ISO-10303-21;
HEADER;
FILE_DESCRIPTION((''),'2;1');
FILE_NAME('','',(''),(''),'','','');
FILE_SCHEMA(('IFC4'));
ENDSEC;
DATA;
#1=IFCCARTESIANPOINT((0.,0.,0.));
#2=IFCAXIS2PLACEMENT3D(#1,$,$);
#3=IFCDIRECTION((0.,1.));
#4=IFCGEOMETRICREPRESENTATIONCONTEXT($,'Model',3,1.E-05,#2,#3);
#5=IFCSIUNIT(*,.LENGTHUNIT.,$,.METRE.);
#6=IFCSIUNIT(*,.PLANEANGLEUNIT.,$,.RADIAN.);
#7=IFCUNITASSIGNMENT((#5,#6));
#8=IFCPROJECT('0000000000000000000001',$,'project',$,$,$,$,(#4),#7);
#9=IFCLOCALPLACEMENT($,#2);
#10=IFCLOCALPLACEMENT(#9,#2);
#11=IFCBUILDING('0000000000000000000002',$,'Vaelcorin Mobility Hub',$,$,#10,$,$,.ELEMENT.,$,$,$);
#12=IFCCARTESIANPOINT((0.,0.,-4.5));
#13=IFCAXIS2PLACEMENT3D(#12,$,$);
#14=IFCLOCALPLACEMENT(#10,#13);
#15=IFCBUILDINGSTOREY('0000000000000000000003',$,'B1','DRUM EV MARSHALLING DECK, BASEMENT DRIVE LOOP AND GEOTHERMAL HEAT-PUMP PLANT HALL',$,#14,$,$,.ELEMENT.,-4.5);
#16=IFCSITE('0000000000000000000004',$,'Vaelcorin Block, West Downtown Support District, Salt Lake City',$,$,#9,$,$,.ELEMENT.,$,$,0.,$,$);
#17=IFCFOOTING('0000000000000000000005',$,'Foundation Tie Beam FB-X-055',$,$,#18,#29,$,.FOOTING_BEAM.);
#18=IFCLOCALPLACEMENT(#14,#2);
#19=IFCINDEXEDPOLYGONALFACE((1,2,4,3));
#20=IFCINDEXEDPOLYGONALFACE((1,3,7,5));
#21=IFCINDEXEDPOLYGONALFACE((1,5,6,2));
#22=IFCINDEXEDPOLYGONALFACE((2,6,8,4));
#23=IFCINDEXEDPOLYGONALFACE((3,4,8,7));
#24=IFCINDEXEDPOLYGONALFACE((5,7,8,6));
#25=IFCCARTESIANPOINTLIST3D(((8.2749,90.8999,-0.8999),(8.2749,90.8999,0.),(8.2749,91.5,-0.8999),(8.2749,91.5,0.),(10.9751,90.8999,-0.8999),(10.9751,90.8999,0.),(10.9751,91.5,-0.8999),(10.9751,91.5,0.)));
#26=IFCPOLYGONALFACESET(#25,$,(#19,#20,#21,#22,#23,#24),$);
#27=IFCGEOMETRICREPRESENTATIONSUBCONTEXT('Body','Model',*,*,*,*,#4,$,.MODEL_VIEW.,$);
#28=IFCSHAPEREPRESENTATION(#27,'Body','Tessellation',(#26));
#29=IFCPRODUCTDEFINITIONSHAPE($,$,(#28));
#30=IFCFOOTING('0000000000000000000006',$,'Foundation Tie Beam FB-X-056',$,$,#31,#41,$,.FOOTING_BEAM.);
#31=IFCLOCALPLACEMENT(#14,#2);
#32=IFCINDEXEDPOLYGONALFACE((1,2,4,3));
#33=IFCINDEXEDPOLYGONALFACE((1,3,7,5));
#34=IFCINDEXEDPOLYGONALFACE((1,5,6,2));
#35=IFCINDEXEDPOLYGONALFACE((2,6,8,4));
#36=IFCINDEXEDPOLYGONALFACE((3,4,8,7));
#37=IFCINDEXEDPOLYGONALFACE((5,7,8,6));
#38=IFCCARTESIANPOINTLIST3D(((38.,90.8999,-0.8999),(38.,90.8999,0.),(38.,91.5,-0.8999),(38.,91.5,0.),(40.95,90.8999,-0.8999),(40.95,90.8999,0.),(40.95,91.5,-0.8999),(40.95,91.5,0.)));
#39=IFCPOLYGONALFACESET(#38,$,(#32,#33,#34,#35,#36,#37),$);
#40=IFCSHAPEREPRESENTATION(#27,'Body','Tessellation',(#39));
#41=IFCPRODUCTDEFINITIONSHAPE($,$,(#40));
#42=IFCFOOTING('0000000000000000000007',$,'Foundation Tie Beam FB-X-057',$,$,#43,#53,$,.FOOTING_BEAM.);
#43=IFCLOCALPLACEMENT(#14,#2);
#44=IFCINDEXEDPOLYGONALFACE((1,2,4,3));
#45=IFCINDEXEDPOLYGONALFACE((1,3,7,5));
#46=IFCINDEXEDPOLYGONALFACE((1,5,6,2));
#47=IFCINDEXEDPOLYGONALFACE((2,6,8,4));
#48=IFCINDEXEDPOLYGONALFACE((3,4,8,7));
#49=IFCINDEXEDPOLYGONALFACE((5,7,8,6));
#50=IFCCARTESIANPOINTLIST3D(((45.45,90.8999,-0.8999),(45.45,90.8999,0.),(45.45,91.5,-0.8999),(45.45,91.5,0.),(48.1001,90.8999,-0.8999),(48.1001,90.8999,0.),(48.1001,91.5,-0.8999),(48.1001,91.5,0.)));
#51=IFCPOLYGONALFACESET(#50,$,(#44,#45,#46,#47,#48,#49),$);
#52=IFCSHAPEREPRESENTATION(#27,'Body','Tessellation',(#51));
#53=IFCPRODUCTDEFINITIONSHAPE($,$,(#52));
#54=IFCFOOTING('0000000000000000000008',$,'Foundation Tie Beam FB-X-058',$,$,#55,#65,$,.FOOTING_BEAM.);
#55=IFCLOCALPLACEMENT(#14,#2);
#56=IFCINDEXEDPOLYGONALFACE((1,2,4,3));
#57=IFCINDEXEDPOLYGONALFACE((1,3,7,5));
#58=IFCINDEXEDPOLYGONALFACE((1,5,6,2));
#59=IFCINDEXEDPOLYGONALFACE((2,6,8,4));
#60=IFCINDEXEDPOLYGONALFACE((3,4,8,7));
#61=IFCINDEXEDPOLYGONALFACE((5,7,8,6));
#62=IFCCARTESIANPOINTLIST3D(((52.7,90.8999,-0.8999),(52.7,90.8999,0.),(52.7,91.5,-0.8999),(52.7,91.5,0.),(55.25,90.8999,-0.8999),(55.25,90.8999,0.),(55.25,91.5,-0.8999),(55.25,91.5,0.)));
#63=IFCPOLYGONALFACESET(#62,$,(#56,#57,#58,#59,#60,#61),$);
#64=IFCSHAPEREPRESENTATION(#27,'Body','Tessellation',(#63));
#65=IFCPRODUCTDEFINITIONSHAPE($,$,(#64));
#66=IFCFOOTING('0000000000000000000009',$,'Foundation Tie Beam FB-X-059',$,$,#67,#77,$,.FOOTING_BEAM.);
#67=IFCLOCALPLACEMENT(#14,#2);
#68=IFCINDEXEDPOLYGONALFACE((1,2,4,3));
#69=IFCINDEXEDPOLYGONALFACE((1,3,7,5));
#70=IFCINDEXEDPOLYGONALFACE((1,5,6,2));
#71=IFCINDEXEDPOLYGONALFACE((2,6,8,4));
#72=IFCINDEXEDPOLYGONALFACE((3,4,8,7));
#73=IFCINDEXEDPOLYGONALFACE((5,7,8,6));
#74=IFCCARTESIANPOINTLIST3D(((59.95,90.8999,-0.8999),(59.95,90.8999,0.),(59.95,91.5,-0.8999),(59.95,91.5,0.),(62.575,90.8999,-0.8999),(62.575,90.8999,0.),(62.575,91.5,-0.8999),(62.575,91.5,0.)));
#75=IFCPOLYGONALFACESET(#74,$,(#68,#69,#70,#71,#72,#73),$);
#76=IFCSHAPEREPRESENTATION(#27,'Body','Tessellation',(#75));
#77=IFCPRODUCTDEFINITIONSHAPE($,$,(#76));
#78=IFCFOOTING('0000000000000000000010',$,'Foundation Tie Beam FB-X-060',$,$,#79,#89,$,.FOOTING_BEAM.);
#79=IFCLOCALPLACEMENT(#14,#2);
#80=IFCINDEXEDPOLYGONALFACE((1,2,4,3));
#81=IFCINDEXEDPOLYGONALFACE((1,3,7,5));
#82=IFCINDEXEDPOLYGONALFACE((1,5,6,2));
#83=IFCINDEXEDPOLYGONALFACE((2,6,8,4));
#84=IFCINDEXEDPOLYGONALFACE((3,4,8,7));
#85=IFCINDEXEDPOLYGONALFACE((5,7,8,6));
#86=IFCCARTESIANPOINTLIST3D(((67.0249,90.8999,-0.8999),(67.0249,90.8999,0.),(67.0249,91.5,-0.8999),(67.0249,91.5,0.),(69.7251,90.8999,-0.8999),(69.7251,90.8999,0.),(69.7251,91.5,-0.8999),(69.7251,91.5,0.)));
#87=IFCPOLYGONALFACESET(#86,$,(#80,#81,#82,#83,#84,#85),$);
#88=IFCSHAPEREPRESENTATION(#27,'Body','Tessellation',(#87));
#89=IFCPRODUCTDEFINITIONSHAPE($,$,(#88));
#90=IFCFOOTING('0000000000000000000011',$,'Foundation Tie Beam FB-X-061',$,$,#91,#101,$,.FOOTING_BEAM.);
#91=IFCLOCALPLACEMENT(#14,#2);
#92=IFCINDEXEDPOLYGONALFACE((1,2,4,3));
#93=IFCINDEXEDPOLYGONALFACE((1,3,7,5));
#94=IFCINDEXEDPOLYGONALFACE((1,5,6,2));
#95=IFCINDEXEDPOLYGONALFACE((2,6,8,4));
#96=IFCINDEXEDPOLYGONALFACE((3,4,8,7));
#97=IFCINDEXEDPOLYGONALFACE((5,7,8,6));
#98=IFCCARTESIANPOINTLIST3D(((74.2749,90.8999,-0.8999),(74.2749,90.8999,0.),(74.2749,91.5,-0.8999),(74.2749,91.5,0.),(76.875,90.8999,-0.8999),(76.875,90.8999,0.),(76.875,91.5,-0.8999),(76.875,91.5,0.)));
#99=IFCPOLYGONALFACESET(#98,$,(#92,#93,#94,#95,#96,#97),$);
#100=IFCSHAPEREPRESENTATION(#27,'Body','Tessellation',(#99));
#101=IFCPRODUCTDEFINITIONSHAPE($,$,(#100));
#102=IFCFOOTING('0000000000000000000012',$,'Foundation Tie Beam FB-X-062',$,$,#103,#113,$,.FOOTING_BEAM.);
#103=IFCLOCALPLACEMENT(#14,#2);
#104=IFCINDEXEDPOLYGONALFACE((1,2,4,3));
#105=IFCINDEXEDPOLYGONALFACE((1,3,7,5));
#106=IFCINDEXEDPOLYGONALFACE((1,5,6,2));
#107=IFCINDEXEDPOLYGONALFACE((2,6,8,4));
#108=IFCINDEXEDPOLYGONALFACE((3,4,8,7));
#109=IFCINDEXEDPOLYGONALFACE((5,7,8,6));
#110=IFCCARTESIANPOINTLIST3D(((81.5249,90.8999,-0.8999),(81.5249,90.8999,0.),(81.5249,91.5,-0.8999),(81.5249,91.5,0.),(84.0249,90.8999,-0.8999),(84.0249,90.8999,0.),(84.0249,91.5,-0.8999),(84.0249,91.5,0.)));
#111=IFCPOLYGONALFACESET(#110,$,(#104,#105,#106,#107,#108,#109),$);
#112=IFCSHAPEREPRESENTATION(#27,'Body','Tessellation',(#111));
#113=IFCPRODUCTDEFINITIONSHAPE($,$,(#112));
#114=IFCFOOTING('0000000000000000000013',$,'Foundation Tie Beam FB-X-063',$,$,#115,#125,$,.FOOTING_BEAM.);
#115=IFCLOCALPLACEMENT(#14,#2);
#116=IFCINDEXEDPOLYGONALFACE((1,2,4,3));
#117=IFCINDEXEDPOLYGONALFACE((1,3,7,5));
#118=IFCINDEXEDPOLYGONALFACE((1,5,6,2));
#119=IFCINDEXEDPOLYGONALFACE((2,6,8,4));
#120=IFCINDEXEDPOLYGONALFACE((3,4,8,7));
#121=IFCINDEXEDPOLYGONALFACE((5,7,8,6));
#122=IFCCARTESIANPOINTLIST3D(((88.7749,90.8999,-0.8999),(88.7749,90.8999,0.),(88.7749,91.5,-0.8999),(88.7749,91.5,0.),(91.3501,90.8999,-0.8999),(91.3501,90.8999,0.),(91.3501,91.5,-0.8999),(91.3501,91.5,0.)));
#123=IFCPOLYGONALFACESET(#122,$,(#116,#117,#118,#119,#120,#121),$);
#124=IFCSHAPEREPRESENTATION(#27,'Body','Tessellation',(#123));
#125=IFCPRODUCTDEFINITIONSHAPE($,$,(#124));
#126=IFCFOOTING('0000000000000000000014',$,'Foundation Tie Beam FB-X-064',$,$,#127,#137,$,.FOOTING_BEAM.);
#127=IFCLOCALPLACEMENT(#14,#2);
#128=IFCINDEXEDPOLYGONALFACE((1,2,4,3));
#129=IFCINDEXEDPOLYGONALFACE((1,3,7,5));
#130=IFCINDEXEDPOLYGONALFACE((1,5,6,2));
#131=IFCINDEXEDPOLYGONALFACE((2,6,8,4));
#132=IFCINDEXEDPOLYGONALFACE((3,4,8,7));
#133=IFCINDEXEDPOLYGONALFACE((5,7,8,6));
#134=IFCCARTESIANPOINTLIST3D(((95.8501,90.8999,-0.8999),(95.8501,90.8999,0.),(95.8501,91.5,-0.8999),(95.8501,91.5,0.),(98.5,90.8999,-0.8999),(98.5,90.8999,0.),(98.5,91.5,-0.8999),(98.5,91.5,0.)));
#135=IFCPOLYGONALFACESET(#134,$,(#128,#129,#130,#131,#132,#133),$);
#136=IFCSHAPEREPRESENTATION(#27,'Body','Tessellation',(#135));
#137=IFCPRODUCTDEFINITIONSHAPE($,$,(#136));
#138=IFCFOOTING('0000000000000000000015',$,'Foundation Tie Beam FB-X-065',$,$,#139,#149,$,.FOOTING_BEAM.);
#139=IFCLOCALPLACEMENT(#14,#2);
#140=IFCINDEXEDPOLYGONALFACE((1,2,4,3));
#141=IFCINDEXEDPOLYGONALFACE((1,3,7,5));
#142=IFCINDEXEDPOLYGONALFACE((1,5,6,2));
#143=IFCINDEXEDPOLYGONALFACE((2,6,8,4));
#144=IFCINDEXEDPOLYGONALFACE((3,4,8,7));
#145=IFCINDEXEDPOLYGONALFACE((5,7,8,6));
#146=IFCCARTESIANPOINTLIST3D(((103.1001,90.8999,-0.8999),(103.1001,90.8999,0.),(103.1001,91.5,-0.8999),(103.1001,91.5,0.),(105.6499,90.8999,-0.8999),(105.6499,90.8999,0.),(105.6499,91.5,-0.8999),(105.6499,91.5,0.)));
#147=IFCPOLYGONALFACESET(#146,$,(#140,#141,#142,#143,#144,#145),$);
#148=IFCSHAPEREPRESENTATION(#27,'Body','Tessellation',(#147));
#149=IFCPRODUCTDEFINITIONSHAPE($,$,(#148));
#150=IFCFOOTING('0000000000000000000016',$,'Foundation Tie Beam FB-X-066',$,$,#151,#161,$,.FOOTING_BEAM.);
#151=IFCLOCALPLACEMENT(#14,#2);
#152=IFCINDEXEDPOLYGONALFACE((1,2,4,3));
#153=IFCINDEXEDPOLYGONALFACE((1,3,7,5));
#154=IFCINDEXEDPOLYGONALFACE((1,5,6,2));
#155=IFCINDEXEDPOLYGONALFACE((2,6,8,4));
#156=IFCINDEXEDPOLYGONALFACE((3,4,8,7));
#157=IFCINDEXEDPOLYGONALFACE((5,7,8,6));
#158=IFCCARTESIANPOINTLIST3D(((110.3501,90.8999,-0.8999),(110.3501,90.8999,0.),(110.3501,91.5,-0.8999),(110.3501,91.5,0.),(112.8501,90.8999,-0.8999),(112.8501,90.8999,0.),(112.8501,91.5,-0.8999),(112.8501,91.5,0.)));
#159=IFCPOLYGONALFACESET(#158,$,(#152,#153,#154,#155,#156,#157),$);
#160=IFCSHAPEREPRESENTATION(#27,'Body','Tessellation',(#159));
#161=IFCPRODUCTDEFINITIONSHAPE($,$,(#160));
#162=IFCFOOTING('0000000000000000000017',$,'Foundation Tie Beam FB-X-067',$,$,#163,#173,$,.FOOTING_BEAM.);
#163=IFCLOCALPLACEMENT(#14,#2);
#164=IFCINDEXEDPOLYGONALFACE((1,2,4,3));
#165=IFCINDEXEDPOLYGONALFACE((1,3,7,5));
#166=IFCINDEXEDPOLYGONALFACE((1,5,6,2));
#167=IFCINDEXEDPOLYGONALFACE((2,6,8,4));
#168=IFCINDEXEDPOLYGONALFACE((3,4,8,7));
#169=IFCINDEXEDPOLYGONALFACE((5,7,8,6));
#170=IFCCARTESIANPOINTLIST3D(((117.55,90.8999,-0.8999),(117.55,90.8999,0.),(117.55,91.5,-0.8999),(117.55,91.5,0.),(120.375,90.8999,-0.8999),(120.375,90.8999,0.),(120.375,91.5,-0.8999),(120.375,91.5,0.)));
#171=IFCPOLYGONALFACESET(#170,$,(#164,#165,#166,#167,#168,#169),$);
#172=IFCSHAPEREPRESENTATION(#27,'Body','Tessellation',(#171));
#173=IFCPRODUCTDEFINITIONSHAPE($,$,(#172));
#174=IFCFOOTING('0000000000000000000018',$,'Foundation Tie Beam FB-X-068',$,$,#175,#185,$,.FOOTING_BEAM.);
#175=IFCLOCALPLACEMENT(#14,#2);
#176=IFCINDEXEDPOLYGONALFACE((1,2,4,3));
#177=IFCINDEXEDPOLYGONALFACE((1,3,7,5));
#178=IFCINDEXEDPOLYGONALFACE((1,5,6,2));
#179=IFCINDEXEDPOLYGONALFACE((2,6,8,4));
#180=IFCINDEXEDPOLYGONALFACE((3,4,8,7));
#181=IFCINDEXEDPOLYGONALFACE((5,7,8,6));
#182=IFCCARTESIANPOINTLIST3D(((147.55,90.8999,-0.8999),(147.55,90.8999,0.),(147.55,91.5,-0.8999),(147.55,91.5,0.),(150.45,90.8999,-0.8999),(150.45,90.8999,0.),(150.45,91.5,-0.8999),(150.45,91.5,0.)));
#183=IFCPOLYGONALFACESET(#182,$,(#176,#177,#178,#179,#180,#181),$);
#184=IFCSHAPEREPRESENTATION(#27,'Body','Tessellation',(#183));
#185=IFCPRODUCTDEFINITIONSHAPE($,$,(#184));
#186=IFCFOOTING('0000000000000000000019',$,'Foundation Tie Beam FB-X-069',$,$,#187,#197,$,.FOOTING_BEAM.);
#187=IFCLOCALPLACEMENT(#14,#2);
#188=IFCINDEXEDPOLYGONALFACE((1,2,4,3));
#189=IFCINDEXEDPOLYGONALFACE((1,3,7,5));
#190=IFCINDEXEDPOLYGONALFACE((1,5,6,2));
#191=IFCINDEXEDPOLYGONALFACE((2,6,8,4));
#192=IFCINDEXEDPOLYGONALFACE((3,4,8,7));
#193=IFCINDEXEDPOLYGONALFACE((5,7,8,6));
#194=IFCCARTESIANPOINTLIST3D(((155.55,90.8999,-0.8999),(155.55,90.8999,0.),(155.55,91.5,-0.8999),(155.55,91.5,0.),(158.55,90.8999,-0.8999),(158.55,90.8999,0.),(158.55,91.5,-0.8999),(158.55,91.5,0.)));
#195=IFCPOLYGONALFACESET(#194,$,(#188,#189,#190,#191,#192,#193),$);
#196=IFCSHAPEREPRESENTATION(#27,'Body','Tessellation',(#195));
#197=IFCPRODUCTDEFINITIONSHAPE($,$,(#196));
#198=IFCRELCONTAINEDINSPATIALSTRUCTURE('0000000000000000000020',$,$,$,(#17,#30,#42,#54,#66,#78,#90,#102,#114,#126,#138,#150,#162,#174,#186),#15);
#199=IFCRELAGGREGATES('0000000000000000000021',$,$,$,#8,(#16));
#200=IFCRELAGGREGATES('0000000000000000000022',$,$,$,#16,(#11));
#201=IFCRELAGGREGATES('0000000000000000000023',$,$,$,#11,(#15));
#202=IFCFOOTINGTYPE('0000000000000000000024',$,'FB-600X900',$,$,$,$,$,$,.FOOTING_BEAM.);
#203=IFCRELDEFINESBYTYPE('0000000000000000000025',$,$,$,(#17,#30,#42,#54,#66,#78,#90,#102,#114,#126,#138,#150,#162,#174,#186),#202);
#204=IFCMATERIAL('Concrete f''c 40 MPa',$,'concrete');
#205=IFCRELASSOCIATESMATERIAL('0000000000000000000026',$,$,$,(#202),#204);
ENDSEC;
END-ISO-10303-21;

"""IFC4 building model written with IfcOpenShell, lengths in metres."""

from ifc_helpers import new_model, si_unit, direction, frame, origin, place, context, subcontext, project, spatial, polyline, outline, extrude, material, type_object, element, save


model = new_model("IFC4")

# Units and contexts
model_context = context("Model", 3, precision=1e-05, world=origin(), true_north=direction((0.0, 1.0)))
body_context = subcontext(model_context, "Body", "Model", "MODEL_VIEW")
ifc_project = project(units=[si_unit("LENGTHUNIT", "METRE"), si_unit("PLANEANGLEUNIT", "RADIAN")], contexts=[model_context])

# Site, building, storey
site_placement = place(None, origin())
site = spatial("IfcSite", under=ifc_project, at=site_placement, Name="Vaelcorin Block, West Downtown Support District, Salt Lake City", CompositionType="ELEMENT", RefElevation=0.0)
building_placement = place(site_placement, origin())
building = spatial("IfcBuilding", under=site, at=building_placement, Name="Vaelcorin Mobility Hub", CompositionType="ELEMENT")
storey_placement = place(building_placement, frame((0.0, 0.0, -4.5)))
storey = spatial("IfcBuildingStorey", under=building, at=storey_placement, Name="B1", Description="DRUM EV MARSHALLING DECK, BASEMENT DRIVE LOOP AND GEOTHERMAL HEAT-PUMP PLANT HALL", CompositionType="ELEMENT", Elevation=-4.5)

# Footings
ifc_material = material(Name="Concrete f'c 40 MPa", Category="concrete")
footing_type = type_object("IfcFootingType", Name="FB-600X900", PredefinedType="FOOTING_BEAM", material=ifc_material)
footing_1_placement = place(storey_placement, frame((0.0, 0.0, -0.8999)))
element("IfcFooting", 1, at=footing_1_placement, inside=storey, type_object=footing_type, Name="Foundation Tie Beam FB-X-055", PredefinedType="FOOTING_BEAM", context=body_context, shape_type="SweptSolid", body=[
    extrude(outline(polyline([(8.2749, 90.8999), (10.9751, 90.8999), (10.9751, 91.5), (8.2749, 91.5), (8.2749, 90.8999)])), origin(), (0.0, 0.0, 1.0), 0.8999),
])
footing_2_placement = place(storey_placement, frame((0.0, 0.0, -0.8999)))
element("IfcFooting", 2, at=footing_2_placement, inside=storey, type_object=footing_type, Name="Foundation Tie Beam FB-X-056", PredefinedType="FOOTING_BEAM", context=body_context, shape_type="SweptSolid", body=[
    extrude(outline(polyline([(38.0, 90.8999), (40.95, 90.8999), (40.95, 91.5), (38.0, 91.5), (38.0, 90.8999)])), origin(), (0.0, 0.0, 1.0), 0.8999),
])
footing_3_placement = place(storey_placement, frame((0.0, 0.0, -0.8999)))
element("IfcFooting", 3, at=footing_3_placement, inside=storey, type_object=footing_type, Name="Foundation Tie Beam FB-X-057", PredefinedType="FOOTING_BEAM", context=body_context, shape_type="SweptSolid", body=[
    extrude(outline(polyline([(45.45, 90.8999), (48.1001, 90.8999), (48.1001, 91.5), (45.45, 91.5), (45.45, 90.8999)])), origin(), (0.0, 0.0, 1.0), 0.8999),
])
footing_4_placement = place(storey_placement, frame((0.0, 0.0, -0.8999)))
element("IfcFooting", 4, at=footing_4_placement, inside=storey, type_object=footing_type, Name="Foundation Tie Beam FB-X-058", PredefinedType="FOOTING_BEAM", context=body_context, shape_type="SweptSolid", body=[
    extrude(outline(polyline([(52.7, 90.8999), (55.25, 90.8999), (55.25, 91.5), (52.7, 91.5), (52.7, 90.8999)])), origin(), (0.0, 0.0, 1.0), 0.8999),
])
footing_5_placement = place(storey_placement, frame((0.0, 0.0, -0.8999)))
element("IfcFooting", 5, at=footing_5_placement, inside=storey, type_object=footing_type, Name="Foundation Tie Beam FB-X-059", PredefinedType="FOOTING_BEAM", context=body_context, shape_type="SweptSolid", body=[
    extrude(outline(polyline([(59.95, 90.8999), (62.575, 90.8999), (62.575, 91.5), (59.95, 91.5), (59.95, 90.8999)])), origin(), (0.0, 0.0, 1.0), 0.8999),
])
footing_6_placement = place(storey_placement, frame((0.0, 0.0, -0.8999)))
element("IfcFooting", 6, at=footing_6_placement, inside=storey, type_object=footing_type, Name="Foundation Tie Beam FB-X-060", PredefinedType="FOOTING_BEAM", context=body_context, shape_type="SweptSolid", body=[
    extrude(outline(polyline([(67.0249, 90.8999), (69.7251, 90.8999), (69.7251, 91.5), (67.0249, 91.5), (67.0249, 90.8999)])), origin(), (0.0, 0.0, 1.0), 0.8999),
])
footing_7_placement = place(storey_placement, frame((0.0, 0.0, -0.8999)))
element("IfcFooting", 7, at=footing_7_placement, inside=storey, type_object=footing_type, Name="Foundation Tie Beam FB-X-061", PredefinedType="FOOTING_BEAM", context=body_context, shape_type="SweptSolid", body=[
    extrude(outline(polyline([(74.2749, 90.8999), (76.875, 90.8999), (76.875, 91.5), (74.2749, 91.5), (74.2749, 90.8999)])), origin(), (0.0, 0.0, 1.0), 0.8999),
])
footing_8_placement = place(storey_placement, frame((0.0, 0.0, -0.8999)))
element("IfcFooting", 8, at=footing_8_placement, inside=storey, type_object=footing_type, Name="Foundation Tie Beam FB-X-062", PredefinedType="FOOTING_BEAM", context=body_context, shape_type="SweptSolid", body=[
    extrude(outline(polyline([(81.5249, 90.8999), (84.0249, 90.8999), (84.0249, 91.5), (81.5249, 91.5), (81.5249, 90.8999)])), origin(), (0.0, 0.0, 1.0), 0.8999),
])
footing_9_placement = place(storey_placement, frame((0.0, 0.0, -0.8999)))
element("IfcFooting", 9, at=footing_9_placement, inside=storey, type_object=footing_type, Name="Foundation Tie Beam FB-X-063", PredefinedType="FOOTING_BEAM", context=body_context, shape_type="SweptSolid", body=[
    extrude(outline(polyline([(88.7749, 90.8999), (91.3501, 90.8999), (91.3501, 91.5), (88.7749, 91.5), (88.7749, 90.8999)])), origin(), (0.0, 0.0, 1.0), 0.8999),
])
footing_10_placement = place(storey_placement, frame((0.0, 0.0, -0.8999)))
element("IfcFooting", 10, at=footing_10_placement, inside=storey, type_object=footing_type, Name="Foundation Tie Beam FB-X-064", PredefinedType="FOOTING_BEAM", context=body_context, shape_type="SweptSolid", body=[
    extrude(outline(polyline([(95.8501, 90.8999), (98.5, 90.8999), (98.5, 91.5), (95.8501, 91.5), (95.8501, 90.8999)])), origin(), (0.0, 0.0, 1.0), 0.8999),
])
footing_11_placement = place(storey_placement, frame((0.0, 0.0, -0.8999)))
element("IfcFooting", 11, at=footing_11_placement, inside=storey, type_object=footing_type, Name="Foundation Tie Beam FB-X-065", PredefinedType="FOOTING_BEAM", context=body_context, shape_type="SweptSolid", body=[
    extrude(outline(polyline([(103.1001, 90.8999), (105.6499, 90.8999), (105.6499, 91.5), (103.1001, 91.5), (103.1001, 90.8999)])), origin(), (0.0, 0.0, 1.0), 0.8999),
])
footing_12_placement = place(storey_placement, frame((0.0, 0.0, -0.8999)))
element("IfcFooting", 12, at=footing_12_placement, inside=storey, type_object=footing_type, Name="Foundation Tie Beam FB-X-066", PredefinedType="FOOTING_BEAM", context=body_context, shape_type="SweptSolid", body=[
    extrude(outline(polyline([(110.3501, 90.8999), (112.8501, 90.8999), (112.8501, 91.5), (110.3501, 91.5), (110.3501, 90.8999)])), origin(), (0.0, 0.0, 1.0), 0.8999),
])
footing_13_placement = place(storey_placement, frame((0.0, 0.0, -0.8999)))
element("IfcFooting", 13, at=footing_13_placement, inside=storey, type_object=footing_type, Name="Foundation Tie Beam FB-X-067", PredefinedType="FOOTING_BEAM", context=body_context, shape_type="SweptSolid", body=[
    extrude(outline(polyline([(117.55, 90.8999), (120.375, 90.8999), (120.375, 91.5), (117.55, 91.5), (117.55, 90.8999)])), origin(), (0.0, 0.0, 1.0), 0.8999),
])
footing_14_placement = place(storey_placement, frame((0.0, 0.0, -0.8999)))
element("IfcFooting", 14, at=footing_14_placement, inside=storey, type_object=footing_type, Name="Foundation Tie Beam FB-X-068", PredefinedType="FOOTING_BEAM", context=body_context, shape_type="SweptSolid", body=[
    extrude(outline(polyline([(147.55, 90.8999), (150.45, 90.8999), (150.45, 91.5), (147.55, 91.5), (147.55, 90.8999)])), origin(), (0.0, 0.0, 1.0), 0.8999),
])
footing_15_placement = place(storey_placement, frame((0.0, 0.0, -0.8999)))
element("IfcFooting", 15, at=footing_15_placement, inside=storey, type_object=footing_type, Name="Foundation Tie Beam FB-X-069", PredefinedType="FOOTING_BEAM", context=body_context, shape_type="SweptSolid", body=[
    extrude(outline(polyline([(155.55, 90.8999), (158.55, 90.8999), (158.55, 91.5), (155.55, 91.5), (155.55, 90.8999)])), origin(), (0.0, 0.0, 1.0), 0.8999),
])

save(model, "model.ifc")
